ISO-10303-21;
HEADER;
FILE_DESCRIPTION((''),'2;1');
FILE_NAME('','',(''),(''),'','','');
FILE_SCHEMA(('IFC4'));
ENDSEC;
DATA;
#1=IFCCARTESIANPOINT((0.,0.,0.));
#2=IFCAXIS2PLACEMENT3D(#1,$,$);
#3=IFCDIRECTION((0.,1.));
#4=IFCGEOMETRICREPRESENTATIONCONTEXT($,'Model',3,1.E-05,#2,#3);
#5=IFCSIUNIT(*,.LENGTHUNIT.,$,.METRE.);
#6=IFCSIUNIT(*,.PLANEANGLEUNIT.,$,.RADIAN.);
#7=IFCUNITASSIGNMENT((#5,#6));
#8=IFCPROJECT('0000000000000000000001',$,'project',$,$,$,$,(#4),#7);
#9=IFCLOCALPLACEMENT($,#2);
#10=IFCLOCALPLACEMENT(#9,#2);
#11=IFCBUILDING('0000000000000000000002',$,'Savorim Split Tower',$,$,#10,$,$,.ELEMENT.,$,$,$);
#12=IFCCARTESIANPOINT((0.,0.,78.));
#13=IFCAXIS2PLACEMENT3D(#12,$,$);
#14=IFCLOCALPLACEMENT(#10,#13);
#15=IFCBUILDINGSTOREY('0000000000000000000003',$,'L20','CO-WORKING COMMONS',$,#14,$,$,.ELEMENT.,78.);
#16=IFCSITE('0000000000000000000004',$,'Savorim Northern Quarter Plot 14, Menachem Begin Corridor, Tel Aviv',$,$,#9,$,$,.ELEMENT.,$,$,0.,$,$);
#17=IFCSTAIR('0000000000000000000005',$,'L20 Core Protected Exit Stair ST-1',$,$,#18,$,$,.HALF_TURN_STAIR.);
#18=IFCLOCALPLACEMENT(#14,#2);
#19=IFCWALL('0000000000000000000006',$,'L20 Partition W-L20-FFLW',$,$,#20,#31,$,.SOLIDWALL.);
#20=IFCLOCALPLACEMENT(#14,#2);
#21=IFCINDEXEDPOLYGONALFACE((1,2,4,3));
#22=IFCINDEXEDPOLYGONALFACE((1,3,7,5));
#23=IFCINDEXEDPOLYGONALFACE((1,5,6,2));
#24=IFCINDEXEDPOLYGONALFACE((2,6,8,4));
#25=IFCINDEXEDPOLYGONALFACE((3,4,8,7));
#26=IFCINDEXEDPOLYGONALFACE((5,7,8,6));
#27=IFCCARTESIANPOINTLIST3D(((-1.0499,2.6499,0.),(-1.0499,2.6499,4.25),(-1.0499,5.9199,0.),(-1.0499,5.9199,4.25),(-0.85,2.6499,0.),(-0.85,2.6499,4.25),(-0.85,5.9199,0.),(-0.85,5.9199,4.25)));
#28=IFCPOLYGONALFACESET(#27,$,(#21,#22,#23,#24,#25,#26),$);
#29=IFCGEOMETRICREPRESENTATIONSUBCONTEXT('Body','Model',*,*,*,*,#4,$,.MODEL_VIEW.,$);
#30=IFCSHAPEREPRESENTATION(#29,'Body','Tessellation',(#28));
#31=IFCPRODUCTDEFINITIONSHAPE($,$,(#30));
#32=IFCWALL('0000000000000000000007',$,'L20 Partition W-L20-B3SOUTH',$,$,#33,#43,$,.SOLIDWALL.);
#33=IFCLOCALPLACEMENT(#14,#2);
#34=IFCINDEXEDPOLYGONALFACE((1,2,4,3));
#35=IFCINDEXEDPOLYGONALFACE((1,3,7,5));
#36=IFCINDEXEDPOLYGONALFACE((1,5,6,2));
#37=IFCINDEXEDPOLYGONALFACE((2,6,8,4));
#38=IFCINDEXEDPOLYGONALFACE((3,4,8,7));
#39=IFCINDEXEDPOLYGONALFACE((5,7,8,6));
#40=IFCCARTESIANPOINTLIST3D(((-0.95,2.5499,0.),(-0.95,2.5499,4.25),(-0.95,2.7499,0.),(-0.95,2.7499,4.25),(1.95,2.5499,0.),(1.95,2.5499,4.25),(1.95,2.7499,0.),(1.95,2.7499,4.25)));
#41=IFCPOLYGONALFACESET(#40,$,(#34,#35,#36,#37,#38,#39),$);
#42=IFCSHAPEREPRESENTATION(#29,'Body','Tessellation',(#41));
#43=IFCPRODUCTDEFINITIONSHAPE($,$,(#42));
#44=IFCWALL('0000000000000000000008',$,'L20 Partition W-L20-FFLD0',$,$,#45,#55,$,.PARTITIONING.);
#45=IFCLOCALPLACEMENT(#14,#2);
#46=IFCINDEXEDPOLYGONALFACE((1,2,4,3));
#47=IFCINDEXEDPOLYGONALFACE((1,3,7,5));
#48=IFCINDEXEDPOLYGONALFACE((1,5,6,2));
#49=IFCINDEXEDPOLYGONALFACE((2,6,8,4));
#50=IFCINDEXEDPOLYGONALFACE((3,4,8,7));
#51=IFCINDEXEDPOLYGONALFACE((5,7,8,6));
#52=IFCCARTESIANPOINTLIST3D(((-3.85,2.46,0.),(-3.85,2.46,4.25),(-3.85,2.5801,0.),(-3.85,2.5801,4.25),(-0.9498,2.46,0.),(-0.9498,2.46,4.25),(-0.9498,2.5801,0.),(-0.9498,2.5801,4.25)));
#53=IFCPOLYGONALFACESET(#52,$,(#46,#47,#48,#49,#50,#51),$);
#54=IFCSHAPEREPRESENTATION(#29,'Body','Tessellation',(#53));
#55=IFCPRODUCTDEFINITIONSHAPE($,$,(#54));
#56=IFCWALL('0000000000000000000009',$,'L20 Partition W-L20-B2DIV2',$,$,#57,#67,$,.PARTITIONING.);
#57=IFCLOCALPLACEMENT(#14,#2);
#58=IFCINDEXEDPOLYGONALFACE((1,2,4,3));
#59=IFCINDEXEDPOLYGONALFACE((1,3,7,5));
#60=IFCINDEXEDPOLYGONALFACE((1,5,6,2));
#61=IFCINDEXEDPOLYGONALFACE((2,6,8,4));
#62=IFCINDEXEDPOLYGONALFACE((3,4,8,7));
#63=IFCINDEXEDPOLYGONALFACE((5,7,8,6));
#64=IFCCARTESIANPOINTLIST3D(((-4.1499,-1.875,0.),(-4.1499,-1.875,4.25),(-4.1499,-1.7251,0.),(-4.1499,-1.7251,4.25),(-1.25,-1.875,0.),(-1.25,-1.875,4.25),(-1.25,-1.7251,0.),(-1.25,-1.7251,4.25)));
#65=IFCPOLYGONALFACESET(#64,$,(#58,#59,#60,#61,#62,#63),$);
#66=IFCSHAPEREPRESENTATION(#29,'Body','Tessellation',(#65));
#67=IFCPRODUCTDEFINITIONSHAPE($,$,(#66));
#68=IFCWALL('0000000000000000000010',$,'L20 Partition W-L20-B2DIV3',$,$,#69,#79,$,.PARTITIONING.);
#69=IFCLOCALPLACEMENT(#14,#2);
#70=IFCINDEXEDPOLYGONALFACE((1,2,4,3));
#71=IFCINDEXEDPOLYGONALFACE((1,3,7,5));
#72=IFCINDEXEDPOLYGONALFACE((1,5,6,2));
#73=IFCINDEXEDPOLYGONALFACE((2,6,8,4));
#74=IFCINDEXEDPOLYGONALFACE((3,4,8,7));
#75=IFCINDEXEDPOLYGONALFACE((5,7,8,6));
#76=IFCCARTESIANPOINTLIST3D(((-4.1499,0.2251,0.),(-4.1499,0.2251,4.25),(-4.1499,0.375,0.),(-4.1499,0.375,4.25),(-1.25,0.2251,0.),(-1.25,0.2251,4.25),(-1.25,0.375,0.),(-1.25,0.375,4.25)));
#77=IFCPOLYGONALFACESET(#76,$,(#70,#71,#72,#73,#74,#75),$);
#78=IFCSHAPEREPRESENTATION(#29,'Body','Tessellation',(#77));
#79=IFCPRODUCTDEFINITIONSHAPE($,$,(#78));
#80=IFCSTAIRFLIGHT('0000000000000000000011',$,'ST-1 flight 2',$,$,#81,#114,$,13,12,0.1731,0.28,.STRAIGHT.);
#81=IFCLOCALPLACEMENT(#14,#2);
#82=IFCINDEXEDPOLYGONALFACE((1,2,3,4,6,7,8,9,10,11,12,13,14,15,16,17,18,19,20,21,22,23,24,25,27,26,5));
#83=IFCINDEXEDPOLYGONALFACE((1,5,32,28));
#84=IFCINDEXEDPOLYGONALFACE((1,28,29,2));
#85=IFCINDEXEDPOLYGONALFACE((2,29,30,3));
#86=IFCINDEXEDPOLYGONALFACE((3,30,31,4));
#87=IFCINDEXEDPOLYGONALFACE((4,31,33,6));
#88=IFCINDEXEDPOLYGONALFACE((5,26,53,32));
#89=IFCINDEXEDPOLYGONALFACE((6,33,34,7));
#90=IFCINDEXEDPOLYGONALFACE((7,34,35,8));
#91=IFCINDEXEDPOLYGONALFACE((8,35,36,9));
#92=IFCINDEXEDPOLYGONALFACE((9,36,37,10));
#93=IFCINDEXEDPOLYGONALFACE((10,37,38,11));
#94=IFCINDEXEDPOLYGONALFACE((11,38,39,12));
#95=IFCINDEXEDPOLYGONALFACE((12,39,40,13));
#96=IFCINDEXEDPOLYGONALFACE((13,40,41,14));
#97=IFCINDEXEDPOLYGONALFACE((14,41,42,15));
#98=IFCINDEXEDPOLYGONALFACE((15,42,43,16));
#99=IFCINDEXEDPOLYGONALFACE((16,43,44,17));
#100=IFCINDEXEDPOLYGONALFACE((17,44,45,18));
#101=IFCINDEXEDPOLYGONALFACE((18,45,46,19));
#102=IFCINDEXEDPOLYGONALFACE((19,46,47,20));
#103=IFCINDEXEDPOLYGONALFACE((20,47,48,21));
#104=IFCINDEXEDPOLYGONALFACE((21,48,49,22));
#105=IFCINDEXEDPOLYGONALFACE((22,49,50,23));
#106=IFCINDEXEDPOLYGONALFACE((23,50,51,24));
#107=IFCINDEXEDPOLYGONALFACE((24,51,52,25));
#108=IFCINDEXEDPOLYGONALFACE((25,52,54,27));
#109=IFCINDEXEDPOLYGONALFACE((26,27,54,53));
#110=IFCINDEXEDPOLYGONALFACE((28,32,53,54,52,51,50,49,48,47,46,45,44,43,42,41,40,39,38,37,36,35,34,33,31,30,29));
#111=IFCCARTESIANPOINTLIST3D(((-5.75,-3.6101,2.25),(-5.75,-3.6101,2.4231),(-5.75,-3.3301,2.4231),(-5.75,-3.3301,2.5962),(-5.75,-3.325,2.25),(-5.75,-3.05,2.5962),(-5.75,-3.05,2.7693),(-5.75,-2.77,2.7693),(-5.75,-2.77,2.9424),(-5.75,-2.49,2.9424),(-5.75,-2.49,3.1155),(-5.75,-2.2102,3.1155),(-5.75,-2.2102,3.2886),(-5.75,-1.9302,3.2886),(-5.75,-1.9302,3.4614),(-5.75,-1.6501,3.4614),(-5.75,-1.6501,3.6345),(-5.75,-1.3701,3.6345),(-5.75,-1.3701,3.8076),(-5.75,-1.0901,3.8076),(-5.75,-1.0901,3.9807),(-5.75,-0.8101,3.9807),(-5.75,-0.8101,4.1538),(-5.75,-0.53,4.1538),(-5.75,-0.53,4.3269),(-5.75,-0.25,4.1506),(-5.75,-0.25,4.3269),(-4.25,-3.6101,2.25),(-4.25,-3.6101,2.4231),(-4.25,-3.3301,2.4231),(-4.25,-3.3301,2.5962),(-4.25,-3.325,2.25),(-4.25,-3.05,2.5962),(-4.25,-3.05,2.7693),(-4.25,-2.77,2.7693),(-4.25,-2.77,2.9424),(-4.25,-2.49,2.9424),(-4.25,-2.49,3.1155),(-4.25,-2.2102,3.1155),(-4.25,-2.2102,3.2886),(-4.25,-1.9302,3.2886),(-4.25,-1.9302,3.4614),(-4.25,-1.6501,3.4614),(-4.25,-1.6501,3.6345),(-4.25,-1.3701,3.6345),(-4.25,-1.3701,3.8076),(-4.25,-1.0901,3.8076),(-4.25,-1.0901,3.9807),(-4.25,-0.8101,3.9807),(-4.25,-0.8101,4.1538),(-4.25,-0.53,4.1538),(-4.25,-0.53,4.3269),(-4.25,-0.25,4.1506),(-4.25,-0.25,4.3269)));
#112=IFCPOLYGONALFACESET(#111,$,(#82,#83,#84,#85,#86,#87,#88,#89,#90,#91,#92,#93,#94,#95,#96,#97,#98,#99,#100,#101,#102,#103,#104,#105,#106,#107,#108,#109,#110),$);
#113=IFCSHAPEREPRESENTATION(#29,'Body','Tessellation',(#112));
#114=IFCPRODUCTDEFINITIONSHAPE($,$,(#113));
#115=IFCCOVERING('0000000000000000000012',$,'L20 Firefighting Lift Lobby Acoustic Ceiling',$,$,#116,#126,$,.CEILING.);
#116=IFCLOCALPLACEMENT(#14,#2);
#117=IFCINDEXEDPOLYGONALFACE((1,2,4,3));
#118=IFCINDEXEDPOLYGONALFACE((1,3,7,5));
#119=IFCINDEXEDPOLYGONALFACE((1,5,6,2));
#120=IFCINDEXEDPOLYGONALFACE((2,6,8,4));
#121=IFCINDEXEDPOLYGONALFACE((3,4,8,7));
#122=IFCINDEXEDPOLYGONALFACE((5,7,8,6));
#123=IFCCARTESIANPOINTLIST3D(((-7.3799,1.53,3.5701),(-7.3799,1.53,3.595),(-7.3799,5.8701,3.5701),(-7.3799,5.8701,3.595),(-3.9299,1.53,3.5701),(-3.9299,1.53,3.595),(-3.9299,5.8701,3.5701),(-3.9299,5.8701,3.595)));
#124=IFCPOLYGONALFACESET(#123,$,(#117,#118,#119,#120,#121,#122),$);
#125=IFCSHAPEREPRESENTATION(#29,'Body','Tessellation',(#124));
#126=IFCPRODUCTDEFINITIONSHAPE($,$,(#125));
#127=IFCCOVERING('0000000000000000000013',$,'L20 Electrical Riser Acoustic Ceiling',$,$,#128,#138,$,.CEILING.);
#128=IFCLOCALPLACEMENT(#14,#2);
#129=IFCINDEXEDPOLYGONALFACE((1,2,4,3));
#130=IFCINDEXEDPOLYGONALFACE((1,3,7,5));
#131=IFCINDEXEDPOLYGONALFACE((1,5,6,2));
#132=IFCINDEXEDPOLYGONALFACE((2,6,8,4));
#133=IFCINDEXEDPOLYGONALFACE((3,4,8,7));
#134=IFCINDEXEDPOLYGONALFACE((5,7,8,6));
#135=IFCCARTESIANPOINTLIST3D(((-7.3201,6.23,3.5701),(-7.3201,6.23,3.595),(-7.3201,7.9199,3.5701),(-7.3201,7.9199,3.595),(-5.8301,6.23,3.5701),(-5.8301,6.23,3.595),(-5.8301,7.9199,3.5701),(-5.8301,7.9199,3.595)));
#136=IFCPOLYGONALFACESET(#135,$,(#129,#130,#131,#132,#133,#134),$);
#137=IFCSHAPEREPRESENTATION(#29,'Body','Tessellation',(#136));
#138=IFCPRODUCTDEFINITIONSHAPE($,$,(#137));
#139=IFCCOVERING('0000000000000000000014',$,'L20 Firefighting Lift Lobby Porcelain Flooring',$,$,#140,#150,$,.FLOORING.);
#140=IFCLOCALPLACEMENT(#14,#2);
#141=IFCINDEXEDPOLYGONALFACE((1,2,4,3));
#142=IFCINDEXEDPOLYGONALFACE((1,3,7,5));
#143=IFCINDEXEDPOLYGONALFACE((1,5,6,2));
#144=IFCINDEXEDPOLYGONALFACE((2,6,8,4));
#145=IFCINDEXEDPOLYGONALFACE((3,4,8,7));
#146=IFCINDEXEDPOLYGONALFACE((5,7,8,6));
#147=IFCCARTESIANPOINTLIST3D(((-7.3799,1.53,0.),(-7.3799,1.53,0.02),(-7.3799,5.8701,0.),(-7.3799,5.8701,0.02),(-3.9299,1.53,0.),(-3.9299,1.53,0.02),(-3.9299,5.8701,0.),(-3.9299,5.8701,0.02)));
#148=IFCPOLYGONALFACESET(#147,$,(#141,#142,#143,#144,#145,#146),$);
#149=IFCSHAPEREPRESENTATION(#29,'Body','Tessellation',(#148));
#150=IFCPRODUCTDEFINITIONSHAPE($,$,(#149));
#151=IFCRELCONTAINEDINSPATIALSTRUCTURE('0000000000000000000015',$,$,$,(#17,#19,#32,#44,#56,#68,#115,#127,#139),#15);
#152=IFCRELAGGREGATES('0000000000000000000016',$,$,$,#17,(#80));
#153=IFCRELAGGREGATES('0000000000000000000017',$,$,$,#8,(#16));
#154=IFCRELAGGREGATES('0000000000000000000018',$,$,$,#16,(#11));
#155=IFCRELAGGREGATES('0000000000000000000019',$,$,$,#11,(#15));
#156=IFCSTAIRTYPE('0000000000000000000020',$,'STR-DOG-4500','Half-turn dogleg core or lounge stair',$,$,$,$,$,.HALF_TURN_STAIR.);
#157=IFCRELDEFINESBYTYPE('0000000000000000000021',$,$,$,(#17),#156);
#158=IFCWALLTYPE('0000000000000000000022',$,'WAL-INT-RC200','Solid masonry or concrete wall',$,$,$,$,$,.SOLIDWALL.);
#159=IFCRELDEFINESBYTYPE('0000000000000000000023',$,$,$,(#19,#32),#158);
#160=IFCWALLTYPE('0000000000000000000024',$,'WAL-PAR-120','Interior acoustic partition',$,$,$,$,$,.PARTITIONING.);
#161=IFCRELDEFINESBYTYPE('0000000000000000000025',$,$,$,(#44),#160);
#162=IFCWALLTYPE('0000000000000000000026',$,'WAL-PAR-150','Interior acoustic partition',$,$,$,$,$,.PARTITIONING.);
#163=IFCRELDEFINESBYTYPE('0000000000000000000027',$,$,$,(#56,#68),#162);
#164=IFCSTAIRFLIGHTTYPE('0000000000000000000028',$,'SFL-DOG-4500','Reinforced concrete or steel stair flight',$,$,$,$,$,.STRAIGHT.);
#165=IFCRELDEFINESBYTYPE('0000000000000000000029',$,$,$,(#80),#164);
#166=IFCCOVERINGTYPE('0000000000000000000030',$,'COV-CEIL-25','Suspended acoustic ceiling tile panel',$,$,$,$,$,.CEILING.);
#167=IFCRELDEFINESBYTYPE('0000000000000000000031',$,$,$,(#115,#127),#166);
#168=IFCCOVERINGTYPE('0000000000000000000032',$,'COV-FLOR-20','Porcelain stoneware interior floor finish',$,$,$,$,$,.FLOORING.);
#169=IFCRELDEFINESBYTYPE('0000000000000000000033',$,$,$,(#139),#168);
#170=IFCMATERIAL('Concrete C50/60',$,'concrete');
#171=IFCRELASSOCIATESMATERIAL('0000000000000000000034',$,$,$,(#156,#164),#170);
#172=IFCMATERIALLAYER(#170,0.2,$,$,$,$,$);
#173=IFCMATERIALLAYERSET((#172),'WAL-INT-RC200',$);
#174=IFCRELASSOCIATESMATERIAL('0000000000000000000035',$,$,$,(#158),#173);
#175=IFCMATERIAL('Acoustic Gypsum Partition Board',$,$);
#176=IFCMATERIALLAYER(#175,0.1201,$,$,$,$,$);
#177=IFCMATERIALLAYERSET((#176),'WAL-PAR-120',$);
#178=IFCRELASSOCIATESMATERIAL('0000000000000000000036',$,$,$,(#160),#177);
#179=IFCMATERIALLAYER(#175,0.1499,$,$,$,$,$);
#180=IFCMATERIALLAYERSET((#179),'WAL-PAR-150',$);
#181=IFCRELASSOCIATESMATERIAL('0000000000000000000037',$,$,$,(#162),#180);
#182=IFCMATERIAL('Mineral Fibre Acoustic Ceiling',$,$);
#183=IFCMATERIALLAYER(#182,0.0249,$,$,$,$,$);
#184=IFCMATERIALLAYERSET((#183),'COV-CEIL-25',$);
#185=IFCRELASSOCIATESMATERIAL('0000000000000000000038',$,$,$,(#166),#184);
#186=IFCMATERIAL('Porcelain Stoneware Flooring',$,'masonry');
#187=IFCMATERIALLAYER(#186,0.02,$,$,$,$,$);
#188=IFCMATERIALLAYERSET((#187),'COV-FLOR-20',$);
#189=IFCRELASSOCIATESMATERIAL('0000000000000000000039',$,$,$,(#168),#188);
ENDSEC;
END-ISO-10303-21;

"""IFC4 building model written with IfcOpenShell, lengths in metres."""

from ifc_helpers import new_model, si_unit, direction, frame, frame_2d, origin, place, context, subcontext, project, spatial, polyline, rectangle, outline, extrude, material, layer, layer_set, type_object, element, aggregate, save


model = new_model("IFC4")

# Units and contexts
model_context = context("Model", 3, precision=1e-05, world=origin(), true_north=direction((0.0, 1.0)))
body_context = subcontext(model_context, "Body", "Model", "MODEL_VIEW")
ifc_project = project(units=[si_unit("LENGTHUNIT", "METRE"), si_unit("PLANEANGLEUNIT", "RADIAN")], contexts=[model_context])

# Site, building, storey
site_placement = place(None, origin())
site = spatial("IfcSite", under=ifc_project, at=site_placement, Name="Savorim Northern Quarter Plot 14, Menachem Begin Corridor, Tel Aviv", CompositionType="ELEMENT", RefElevation=0.0)
building_placement = place(site_placement, origin())
building = spatial("IfcBuilding", under=site, at=building_placement, Name="Savorim Split Tower", CompositionType="ELEMENT")
storey_placement = place(building_placement, frame((0.0, 0.0, 78.0)))
storey = spatial("IfcBuildingStorey", under=building, at=storey_placement, Name="L20", Description="CO-WORKING COMMONS", CompositionType="ELEMENT", Elevation=78.0)

# Shared definitions
ifc_material_1 = material(Name="Concrete C50/60", Category="concrete")

# Stair
stair_type = type_object("IfcStairType", Name="STR-DOG-4500", Description="Half-turn dogleg core or lounge stair", PredefinedType="HALF_TURN_STAIR", material=ifc_material_1)
stair_1_placement = place(storey_placement, origin())
stair_1 = element("IfcStair", 1, at=stair_1_placement, inside=storey, type_object=stair_type, Name="L20 Core Protected Exit Stair ST-1", PredefinedType="HALF_TURN_STAIR")

# Shared definitions
ifc_layer_1 = layer(ifc_material_1, 0.2)
ifc_layer_set_1 = layer_set([ifc_layer_1], Name="WAL-INT-RC200")
wall_type_1 = type_object("IfcWallType", Name="WAL-INT-RC200", Description="Solid masonry or concrete wall", PredefinedType="SOLIDWALL", material=ifc_layer_set_1)

# Walls
wall_1_placement = place(storey_placement, frame((-0.95, 2.6499, 0.0), z_axis=(0.0, 0.0, 1.0), x_axis=(0.0, 1.0, 0.0)))
element("IfcWall", 2, at=wall_1_placement, inside=storey, type_object=wall_type_1, Name="L20 Partition W-L20-FFLW", PredefinedType="SOLIDWALL", context=body_context, shape_type="SweptSolid", body=[
    extrude(rectangle(XDim=3.27, YDim=0.2, at=frame_2d((1.635, 0.0))), origin(), (0.0, 0.0, 1.0), 4.25),
])
wall_2_placement = place(storey_placement, frame((-0.95, 2.6499, 0.0), z_axis=(0.0, 0.0, 1.0), x_axis=(1.0, 0.0, 0.0)))
element("IfcWall", 3, at=wall_2_placement, inside=storey, type_object=wall_type_1, Name="L20 Partition W-L20-B3SOUTH", PredefinedType="SOLIDWALL", context=body_context, shape_type="SweptSolid", body=[
    extrude(rectangle(XDim=2.8999, YDim=0.2, at=frame_2d((1.45, 0.0))), origin(), (0.0, 0.0, 1.0), 4.25),
])
ifc_material_2 = material(Name="Acoustic Gypsum Partition Board")
ifc_layer_2 = layer(ifc_material_2, 0.1201)
ifc_layer_set_2 = layer_set([ifc_layer_2], Name="WAL-PAR-120")
wall_type_2 = type_object("IfcWallType", Name="WAL-PAR-120", Description="Interior acoustic partition", PredefinedType="PARTITIONING", material=ifc_layer_set_2)
wall_3_placement = place(storey_placement, frame((-3.8501, 2.52, 0.0), z_axis=(0.0, 0.0, 1.0), x_axis=(1.0, 0.0, 0.0)))
element("IfcWall", 4, at=wall_3_placement, inside=storey, type_object=wall_type_2, Name="L20 Partition W-L20-FFLD0", PredefinedType="PARTITIONING", context=body_context, shape_type="SweptSolid", body=[
    extrude(rectangle(XDim=2.9001, YDim=0.1201, at=frame_2d((1.4502, 0.0))), origin(), (0.0, 0.0, 1.0), 4.25),
])
ifc_layer_3 = layer(ifc_material_2, 0.1499)
ifc_layer_set_3 = layer_set([ifc_layer_3], Name="WAL-PAR-150")
wall_type_3 = type_object("IfcWallType", Name="WAL-PAR-150", Description="Interior acoustic partition", PredefinedType="PARTITIONING", material=ifc_layer_set_3)
for number, where, z_axis, x_axis, name in (
    (5, (-4.1499, -1.8, 0.0), (0.0, 0.0, 1.0), (1.0, 0.0, 0.0), "L20 Partition W-L20-B2DIV2"),
    (6, (-4.1499, 0.3, 0.0), (0.0, 0.0, 1.0), (1.0, 0.0, 0.0), "L20 Partition W-L20-B2DIV3"),
):
    element("IfcWall", number, at=place(storey_placement, frame(where, z_axis=z_axis, x_axis=x_axis)), inside=storey, type_object=wall_type_3, Name=name, PredefinedType="PARTITIONING", context=body_context, shape_type="SweptSolid", body=[
        extrude(rectangle(XDim=2.8999, YDim=0.1499, at=frame_2d((1.45, 0.0))), origin(), (0.0, 0.0, 1.0), 4.25),
    ])

# Stair flight
stair_flight_type = type_object("IfcStairFlightType", Name="SFL-DOG-4500", Description="Reinforced concrete or steel stair flight", PredefinedType="STRAIGHT", material=ifc_material_1)
stair_flight_placement = place(storey_placement, frame((-5.0, -3.6101, 2.25), z_axis=(0.0, 0.0, 1.0), x_axis=(0.0, 1.0, 0.0)))
stair_flight = element("IfcStairFlight", 7, at=stair_flight_placement, type_object=stair_flight_type, Name="ST-1 flight 2", NumberOfRisers=13, NumberOfTreads=12, PredefinedType="STRAIGHT", RiserHeight=0.1731, TreadLength=0.28, context=body_context, shape_type="SweptSolid", body=[
    extrude(outline(polyline([(0.0, 0.0), (0.0, 0.1731), (0.28, 0.1731), (0.28, 0.3462), (0.5601, 0.3462), (0.5601, 0.5193), (0.8401, 0.5193), (0.8401, 0.6924), (1.1201, 0.6924), (1.1201, 0.8655), (1.3999, 0.8655), (1.3999, 1.0386), (1.6799, 1.0386), (1.6799, 1.2114), (1.96, 1.2114), (1.96, 1.3845), (2.24, 1.3845), (2.24, 1.5576), (2.52, 1.5576), (2.52, 1.7307), (2.8, 1.7307), (2.8, 1.9038), (3.0801, 1.9038), (3.0801, 2.0769), (3.3601, 2.0769), (3.3601, 2.25), (3.3601, 1.9006), (0.2852, 0.0), (0.0, 0.0)])), frame((0.0, 0.75, 0.0), z_axis=(0.0, -1.0, 0.0), x_axis=(1.0, 0.0, 0.0)), (0.0, 0.0, 1.0), 1.5),
])
aggregate(stair_1, [stair_flight])

# Coverings
ifc_material_3 = material(Name="Mineral Fibre Acoustic Ceiling")
ifc_layer_4 = layer(ifc_material_3, 0.0249)
ifc_layer_set_4 = layer_set([ifc_layer_4], Name="COV-CEIL-25")
covering_type_1 = type_object("IfcCoveringType", Name="COV-CEIL-25", Description="Suspended acoustic ceiling tile panel", PredefinedType="CEILING", material=ifc_layer_set_4)
covering_1_placement = place(storey_placement, frame((0.0, 0.0, 3.5701)))
element("IfcCovering", 8, at=covering_1_placement, inside=storey, type_object=covering_type_1, Name="L20 Firefighting Lift Lobby Acoustic Ceiling", PredefinedType="CEILING", context=body_context, shape_type="SweptSolid", body=[
    extrude(outline(polyline([(-7.3799, 5.8701), (-7.3799, 1.53), (-3.9299, 1.53), (-3.9299, 5.8701), (-7.3799, 5.8701)])), origin(), (0.0, 0.0, 1.0), 0.0249),
])
covering_2_placement = place(storey_placement, frame((0.0, 0.0, 3.5701)))
element("IfcCovering", 9, at=covering_2_placement, inside=storey, type_object=covering_type_1, Name="L20 Electrical Riser Acoustic Ceiling", PredefinedType="CEILING", context=body_context, shape_type="SweptSolid", body=[
    extrude(outline(polyline([(-7.3201, 7.9199), (-7.3201, 6.23), (-5.8301, 6.23), (-5.8301, 7.9199), (-7.3201, 7.9199)])), origin(), (0.0, 0.0, 1.0), 0.0249),
])
ifc_material_4 = material(Name="Porcelain Stoneware Flooring", Category="masonry")
ifc_layer_5 = layer(ifc_material_4, 0.02)
ifc_layer_set_5 = layer_set([ifc_layer_5], Name="COV-FLOR-20")
covering_type_2 = type_object("IfcCoveringType", Name="COV-FLOR-20", Description="Porcelain stoneware interior floor finish", PredefinedType="FLOORING", material=ifc_layer_set_5)
covering_3_placement = place(storey_placement, origin())
element("IfcCovering", 10, at=covering_3_placement, inside=storey, type_object=covering_type_2, Name="L20 Firefighting Lift Lobby Porcelain Flooring", PredefinedType="FLOORING", context=body_context, shape_type="SweptSolid", body=[
    extrude(outline(polyline([(-7.3799, 5.8701), (-7.3799, 1.53), (-3.9299, 1.53), (-3.9299, 5.8701), (-7.3799, 5.8701)])), origin(), (0.0, 0.0, 1.0), 0.02),
])

save(model, "model.ifc")
